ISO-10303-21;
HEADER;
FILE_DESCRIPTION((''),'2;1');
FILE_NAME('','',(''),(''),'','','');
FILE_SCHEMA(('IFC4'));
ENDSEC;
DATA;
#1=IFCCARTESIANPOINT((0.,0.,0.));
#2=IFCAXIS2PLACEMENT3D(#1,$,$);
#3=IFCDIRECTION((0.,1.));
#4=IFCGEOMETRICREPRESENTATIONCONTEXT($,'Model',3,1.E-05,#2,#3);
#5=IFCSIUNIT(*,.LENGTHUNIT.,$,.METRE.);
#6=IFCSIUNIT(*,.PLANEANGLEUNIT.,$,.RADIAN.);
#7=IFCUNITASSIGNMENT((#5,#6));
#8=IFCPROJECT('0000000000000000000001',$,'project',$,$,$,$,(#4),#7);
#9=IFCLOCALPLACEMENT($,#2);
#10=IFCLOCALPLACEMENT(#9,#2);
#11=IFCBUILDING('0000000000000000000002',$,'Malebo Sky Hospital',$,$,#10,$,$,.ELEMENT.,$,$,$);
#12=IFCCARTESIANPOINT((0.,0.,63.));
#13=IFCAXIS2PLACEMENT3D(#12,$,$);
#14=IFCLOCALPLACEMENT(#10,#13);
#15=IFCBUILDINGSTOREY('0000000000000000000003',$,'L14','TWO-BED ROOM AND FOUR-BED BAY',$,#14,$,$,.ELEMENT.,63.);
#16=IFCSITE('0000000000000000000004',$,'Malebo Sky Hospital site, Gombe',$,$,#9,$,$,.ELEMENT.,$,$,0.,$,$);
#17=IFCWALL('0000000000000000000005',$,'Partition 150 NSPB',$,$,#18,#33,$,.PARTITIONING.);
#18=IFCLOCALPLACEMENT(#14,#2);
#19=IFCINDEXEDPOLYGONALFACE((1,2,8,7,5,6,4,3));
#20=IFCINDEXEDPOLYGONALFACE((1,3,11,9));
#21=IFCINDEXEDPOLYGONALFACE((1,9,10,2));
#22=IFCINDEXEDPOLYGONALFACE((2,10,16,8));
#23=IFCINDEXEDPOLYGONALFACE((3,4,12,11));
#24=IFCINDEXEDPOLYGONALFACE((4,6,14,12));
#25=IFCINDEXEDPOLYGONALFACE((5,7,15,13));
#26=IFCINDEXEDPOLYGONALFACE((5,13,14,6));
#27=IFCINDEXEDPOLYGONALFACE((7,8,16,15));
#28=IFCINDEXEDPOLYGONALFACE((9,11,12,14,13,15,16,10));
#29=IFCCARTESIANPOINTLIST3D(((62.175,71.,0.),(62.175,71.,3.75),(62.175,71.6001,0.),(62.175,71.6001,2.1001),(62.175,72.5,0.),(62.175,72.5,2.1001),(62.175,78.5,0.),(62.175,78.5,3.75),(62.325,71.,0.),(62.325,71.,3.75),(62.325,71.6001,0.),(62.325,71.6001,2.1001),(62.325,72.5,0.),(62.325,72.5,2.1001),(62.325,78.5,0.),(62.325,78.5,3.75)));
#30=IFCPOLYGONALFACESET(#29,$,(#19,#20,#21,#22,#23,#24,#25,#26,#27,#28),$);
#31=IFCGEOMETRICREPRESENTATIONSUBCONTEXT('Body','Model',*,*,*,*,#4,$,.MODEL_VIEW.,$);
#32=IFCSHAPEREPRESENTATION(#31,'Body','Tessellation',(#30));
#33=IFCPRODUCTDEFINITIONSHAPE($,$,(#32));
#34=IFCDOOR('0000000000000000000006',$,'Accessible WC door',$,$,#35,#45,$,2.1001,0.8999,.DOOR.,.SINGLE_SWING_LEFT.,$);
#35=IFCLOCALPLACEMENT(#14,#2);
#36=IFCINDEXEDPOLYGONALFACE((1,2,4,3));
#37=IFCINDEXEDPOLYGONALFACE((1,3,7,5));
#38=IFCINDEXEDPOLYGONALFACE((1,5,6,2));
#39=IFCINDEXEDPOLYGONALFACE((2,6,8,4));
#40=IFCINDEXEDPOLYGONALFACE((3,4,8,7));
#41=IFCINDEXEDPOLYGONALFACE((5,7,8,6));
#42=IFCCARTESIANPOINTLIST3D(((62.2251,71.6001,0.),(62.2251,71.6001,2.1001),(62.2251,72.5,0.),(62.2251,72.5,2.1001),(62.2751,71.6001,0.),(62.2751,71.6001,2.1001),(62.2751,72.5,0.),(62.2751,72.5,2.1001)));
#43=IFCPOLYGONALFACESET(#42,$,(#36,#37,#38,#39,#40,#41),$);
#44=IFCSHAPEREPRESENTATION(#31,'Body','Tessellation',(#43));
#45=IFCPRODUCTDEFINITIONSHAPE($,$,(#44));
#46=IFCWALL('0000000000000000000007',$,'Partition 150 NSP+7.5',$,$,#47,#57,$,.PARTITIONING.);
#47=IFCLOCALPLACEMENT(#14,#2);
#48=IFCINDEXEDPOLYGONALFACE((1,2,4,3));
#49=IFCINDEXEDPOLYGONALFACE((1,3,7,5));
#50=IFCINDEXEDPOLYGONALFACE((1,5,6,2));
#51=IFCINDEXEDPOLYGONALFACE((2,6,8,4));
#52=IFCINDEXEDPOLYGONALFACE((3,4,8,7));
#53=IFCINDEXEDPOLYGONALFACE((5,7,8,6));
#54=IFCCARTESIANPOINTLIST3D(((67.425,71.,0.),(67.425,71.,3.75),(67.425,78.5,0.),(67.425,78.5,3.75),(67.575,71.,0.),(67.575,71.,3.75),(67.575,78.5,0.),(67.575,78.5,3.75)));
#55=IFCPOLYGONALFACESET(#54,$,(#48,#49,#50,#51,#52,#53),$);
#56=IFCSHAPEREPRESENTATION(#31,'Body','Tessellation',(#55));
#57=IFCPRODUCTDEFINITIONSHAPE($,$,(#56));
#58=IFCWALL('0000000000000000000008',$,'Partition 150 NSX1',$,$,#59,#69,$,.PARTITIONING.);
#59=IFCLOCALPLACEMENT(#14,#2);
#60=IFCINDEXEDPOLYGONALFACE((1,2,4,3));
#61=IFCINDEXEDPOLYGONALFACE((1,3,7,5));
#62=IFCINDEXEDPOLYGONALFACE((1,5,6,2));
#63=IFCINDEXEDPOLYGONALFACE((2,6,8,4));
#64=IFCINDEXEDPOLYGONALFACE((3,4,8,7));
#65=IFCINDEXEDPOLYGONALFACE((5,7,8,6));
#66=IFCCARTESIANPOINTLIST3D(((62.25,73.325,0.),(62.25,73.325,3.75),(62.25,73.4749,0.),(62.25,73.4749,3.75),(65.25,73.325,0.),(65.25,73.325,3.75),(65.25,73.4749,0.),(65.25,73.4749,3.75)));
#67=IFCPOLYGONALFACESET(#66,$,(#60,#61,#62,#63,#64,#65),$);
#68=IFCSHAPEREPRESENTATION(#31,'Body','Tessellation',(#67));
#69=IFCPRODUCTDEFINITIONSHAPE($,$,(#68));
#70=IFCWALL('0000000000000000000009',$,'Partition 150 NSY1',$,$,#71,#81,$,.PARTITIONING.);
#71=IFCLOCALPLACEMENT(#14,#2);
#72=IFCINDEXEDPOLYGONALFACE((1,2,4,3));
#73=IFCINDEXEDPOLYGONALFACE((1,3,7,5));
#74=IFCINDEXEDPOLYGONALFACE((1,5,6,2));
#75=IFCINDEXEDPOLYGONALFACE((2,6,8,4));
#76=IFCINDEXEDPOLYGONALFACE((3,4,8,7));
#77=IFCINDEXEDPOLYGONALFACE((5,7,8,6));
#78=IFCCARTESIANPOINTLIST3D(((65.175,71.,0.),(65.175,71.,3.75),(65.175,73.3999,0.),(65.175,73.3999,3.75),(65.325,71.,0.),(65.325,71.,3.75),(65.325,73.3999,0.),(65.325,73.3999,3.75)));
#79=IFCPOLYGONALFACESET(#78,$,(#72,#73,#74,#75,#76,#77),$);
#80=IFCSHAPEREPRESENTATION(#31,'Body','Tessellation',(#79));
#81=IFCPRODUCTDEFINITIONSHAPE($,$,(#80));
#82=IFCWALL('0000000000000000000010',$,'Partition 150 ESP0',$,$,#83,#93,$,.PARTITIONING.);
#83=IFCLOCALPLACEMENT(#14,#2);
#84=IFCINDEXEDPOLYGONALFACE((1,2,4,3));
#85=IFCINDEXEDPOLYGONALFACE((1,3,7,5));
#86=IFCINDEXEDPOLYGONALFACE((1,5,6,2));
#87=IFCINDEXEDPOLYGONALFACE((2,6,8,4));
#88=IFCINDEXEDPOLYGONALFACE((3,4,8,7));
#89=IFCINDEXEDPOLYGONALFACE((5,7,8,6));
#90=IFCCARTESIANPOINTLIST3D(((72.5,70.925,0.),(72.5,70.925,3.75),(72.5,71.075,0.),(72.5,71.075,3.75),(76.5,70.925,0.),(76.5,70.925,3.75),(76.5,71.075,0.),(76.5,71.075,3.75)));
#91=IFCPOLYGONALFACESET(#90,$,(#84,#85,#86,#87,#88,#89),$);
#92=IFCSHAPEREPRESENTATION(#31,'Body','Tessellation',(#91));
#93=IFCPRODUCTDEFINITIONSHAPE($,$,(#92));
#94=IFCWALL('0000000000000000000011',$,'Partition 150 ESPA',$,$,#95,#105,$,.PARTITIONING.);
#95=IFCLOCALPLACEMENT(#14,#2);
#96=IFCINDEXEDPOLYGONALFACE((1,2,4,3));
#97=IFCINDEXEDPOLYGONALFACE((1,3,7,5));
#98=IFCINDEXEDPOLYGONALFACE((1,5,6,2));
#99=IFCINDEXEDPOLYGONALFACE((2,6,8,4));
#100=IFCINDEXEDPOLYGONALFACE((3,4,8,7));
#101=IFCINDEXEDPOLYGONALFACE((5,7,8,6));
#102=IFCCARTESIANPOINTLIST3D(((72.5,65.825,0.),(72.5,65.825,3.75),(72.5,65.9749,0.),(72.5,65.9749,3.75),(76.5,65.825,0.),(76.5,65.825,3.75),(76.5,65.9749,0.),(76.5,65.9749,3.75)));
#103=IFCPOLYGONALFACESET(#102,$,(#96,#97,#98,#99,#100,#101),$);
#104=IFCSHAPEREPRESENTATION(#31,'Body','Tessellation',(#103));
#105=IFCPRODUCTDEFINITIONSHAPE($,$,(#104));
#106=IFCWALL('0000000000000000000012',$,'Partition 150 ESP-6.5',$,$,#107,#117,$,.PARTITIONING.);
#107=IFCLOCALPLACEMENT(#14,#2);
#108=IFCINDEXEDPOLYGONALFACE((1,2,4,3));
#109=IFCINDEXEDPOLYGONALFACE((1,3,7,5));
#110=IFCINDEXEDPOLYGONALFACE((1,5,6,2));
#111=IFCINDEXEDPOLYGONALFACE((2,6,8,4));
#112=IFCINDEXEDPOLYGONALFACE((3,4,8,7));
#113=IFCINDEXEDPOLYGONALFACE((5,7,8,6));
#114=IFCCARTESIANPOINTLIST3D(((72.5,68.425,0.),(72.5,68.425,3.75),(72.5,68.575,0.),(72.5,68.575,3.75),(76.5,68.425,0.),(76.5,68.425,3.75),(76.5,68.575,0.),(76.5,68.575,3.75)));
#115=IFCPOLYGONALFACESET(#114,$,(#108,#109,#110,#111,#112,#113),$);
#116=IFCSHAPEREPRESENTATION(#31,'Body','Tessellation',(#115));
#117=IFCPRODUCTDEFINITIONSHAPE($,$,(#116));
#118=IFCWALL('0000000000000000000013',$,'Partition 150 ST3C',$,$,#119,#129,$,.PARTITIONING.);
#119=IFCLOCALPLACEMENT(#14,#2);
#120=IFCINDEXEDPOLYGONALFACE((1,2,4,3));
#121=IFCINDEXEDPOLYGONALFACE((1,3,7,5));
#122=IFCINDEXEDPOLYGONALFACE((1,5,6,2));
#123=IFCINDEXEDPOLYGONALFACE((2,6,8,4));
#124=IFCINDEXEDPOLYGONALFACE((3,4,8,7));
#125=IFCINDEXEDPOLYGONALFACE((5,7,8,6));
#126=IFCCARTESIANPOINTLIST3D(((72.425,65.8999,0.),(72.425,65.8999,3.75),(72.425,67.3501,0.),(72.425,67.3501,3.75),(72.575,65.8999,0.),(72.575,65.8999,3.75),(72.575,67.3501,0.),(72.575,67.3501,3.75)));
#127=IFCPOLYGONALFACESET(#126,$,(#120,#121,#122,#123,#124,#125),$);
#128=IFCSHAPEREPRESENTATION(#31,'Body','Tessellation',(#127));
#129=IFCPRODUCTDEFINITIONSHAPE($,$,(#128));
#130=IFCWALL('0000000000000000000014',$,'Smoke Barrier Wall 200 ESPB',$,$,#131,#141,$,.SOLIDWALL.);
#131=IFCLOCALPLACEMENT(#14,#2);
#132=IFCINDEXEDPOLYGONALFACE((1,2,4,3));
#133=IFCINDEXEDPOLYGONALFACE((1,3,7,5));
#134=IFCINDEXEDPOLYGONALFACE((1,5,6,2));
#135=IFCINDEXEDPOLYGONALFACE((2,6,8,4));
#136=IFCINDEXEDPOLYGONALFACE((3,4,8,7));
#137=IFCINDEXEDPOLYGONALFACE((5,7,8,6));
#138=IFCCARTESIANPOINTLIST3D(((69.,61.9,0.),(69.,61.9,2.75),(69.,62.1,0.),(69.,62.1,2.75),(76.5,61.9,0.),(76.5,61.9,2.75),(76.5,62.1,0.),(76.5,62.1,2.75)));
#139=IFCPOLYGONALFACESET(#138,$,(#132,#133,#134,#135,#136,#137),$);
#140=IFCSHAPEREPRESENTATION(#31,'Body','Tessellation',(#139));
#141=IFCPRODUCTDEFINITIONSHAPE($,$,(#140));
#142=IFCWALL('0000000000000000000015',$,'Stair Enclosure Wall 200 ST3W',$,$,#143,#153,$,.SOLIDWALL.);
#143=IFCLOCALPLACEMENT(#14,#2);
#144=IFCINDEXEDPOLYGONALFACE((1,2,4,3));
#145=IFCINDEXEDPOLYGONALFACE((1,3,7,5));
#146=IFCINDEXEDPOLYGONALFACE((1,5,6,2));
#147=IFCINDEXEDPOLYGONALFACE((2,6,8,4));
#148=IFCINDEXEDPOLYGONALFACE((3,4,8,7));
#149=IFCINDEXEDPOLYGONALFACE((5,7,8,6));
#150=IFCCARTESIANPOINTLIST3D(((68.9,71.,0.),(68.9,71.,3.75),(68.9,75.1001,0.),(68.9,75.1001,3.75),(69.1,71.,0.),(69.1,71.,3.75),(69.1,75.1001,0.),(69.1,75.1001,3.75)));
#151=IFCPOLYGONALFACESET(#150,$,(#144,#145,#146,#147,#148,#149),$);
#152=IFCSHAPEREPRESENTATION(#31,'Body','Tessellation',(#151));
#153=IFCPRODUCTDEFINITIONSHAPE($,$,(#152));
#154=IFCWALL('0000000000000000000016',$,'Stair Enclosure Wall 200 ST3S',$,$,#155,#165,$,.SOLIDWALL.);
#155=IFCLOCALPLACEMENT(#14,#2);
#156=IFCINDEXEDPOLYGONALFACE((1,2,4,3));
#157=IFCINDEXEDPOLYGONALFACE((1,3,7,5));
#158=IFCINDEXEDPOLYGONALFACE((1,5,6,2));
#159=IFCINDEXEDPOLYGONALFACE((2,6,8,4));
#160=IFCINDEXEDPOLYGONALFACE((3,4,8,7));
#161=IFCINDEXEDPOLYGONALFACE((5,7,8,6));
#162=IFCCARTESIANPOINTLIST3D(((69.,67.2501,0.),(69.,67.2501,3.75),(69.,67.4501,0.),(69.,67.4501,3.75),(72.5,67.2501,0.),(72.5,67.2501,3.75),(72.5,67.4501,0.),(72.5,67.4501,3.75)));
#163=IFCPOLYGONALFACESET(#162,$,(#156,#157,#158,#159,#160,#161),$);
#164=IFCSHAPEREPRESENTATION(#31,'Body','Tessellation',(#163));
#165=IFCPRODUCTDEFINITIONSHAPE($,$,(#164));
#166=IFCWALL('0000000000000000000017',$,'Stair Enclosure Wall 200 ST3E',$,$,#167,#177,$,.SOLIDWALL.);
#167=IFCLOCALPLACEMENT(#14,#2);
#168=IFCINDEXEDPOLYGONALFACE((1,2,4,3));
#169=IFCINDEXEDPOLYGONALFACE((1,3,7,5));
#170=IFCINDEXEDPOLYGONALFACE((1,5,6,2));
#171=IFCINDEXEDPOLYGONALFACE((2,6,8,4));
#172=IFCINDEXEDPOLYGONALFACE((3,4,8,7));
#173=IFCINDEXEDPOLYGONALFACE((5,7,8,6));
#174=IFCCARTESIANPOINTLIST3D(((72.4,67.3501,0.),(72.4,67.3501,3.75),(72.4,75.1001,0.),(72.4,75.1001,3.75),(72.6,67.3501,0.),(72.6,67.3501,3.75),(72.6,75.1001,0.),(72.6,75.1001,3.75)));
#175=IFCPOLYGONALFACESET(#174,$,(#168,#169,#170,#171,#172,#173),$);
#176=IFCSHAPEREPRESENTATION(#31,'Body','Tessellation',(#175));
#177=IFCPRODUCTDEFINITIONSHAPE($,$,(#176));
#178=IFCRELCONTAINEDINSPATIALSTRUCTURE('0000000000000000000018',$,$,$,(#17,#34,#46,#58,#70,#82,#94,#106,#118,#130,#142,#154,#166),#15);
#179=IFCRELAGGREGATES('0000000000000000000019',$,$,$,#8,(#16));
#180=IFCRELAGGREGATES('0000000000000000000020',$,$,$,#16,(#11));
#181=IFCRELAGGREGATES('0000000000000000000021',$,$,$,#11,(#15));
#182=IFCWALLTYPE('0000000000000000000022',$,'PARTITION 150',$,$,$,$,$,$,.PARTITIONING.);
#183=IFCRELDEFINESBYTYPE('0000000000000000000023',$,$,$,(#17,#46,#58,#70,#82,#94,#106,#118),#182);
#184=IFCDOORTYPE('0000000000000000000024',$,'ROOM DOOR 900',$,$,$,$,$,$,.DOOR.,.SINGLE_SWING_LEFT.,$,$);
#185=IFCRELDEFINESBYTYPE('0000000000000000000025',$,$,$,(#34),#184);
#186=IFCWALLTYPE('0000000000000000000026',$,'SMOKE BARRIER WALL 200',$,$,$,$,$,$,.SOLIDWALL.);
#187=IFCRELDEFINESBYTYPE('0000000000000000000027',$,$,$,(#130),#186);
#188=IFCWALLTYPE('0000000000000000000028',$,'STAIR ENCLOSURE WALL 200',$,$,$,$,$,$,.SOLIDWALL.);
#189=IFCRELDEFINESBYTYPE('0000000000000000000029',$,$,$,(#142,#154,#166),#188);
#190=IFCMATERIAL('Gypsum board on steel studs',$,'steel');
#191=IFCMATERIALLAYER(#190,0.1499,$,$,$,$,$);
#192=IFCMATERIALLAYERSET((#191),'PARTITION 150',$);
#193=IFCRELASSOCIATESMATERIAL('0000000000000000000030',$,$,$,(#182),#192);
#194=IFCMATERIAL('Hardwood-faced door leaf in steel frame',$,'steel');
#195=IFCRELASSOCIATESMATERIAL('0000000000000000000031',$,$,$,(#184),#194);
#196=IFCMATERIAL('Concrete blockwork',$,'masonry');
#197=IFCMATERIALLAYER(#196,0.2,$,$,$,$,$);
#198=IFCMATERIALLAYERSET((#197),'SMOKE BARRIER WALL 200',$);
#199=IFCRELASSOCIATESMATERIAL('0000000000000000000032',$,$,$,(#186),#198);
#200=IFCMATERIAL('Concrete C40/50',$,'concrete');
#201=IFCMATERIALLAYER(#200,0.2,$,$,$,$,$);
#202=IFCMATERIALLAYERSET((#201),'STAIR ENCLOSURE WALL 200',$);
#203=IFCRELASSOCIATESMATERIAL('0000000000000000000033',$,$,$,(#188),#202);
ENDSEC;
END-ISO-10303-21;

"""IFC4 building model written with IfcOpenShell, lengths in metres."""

from ifc_helpers import new_model, si_unit, direction, frame, frame_2d, origin, place, context, subcontext, project, spatial, rectangle, extrude, material, layer, layer_set, type_object, element, fill, save


model = new_model("IFC4")

# Units and contexts
model_context = context("Model", 3, precision=1e-05, world=origin(), true_north=direction((0.0, 1.0)))
body_context = subcontext(model_context, "Body", "Model", "MODEL_VIEW")
ifc_project = project(units=[si_unit("LENGTHUNIT", "METRE"), si_unit("PLANEANGLEUNIT", "RADIAN")], contexts=[model_context])

# Site, building, storey
site_placement = place(None, origin())
site = spatial("IfcSite", under=ifc_project, at=site_placement, Name="Malebo Sky Hospital site, Gombe", CompositionType="ELEMENT", RefElevation=0.0)
building_placement = place(site_placement, origin())
building = spatial("IfcBuilding", under=site, at=building_placement, Name="Malebo Sky Hospital", CompositionType="ELEMENT")
storey_placement = place(building_placement, frame((0.0, 0.0, 63.0)))
storey = spatial("IfcBuildingStorey", under=building, at=storey_placement, Name="L14", Description="TWO-BED ROOM AND FOUR-BED BAY", CompositionType="ELEMENT", Elevation=63.0)

# Shared definitions
ifc_material_1 = material(Name="Gypsum board on steel studs", Category="steel")

# Wall, opening, door
ifc_layer_1 = layer(ifc_material_1, 0.1499)
ifc_layer_set_1 = layer_set([ifc_layer_1], Name="PARTITION 150")
wall_type_1 = type_object("IfcWallType", Name="PARTITION 150", PredefinedType="PARTITIONING", material=ifc_layer_set_1)
wall_1_placement = place(storey_placement, frame((62.25, 71.0, 0.0), z_axis=(0.0, 0.0, 1.0), x_axis=(0.0, 1.0, 0.0)))
wall_1 = element("IfcWall", 1, at=wall_1_placement, inside=storey, type_object=wall_type_1, Name="Partition 150 NSPB", PredefinedType="PARTITIONING", context=body_context, shape_type="SweptSolid", body=[
    extrude(rectangle(XDim=7.5, YDim=0.1499, at=frame_2d((3.75, 0.0))), origin(), (0.0, 0.0, 1.0), 3.75),
])
opening_1_placement = place(wall_1_placement, frame((0.6001, 0.0, 0.0)))
opening_1 = element("IfcOpeningElement", 2, at=opening_1_placement, cuts=wall_1, PredefinedType="OPENING", context=body_context, shape_type="SweptSolid", body=[
    extrude(rectangle(XDim=0.8999, YDim=2.1001, at=frame_2d((0.45, 1.05))), frame((0.0, 0.085, 0.0), z_axis=(0.0, -1.0, 0.0), x_axis=(1.0, 0.0, 0.0)), (0.0, 0.0, 1.0), 0.1699),
])
ifc_material_2 = material(Name="Hardwood-faced door leaf in steel frame", Category="steel")
door_type_1 = type_object("IfcDoorType", Name="ROOM DOOR 900", OperationType="SINGLE_SWING_LEFT", PredefinedType="DOOR", material=ifc_material_2)
door_1_placement = place(opening_1_placement, origin())
door_1 = element("IfcDoor", 3, at=door_1_placement, inside=storey, type_object=door_type_1, Name="Accessible WC door", OperationType="SINGLE_SWING_LEFT", OverallHeight=2.1001, OverallWidth=0.8999, PredefinedType="DOOR", context=body_context, shape_type="SweptSolid", body=[
    extrude(rectangle(XDim=0.8999, YDim=2.1001, at=frame_2d((0.45, 1.05))), frame((0.0, 0.0249, 0.0), z_axis=(0.0, -1.0, 0.0), x_axis=(1.0, 0.0, 0.0)), (0.0, 0.0, 1.0), 0.05),
])
fill(opening_1, door_1)

# Walls
wall_2_placement = place(storey_placement, frame((67.5, 71.0, 0.0), z_axis=(0.0, 0.0, 1.0), x_axis=(0.0, 1.0, 0.0)))
element("IfcWall", 4, at=wall_2_placement, inside=storey, type_object=wall_type_1, Name="Partition 150 NSP+7.5", PredefinedType="PARTITIONING", context=body_context, shape_type="SweptSolid", body=[
    extrude(rectangle(XDim=7.5, YDim=0.1499, at=frame_2d((3.75, 0.0))), origin(), (0.0, 0.0, 1.0), 3.75),
])
wall_3_placement = place(storey_placement, frame((62.25, 73.3999, 0.0), z_axis=(0.0, 0.0, 1.0), x_axis=(1.0, 0.0, 0.0)))
element("IfcWall", 5, at=wall_3_placement, inside=storey, type_object=wall_type_1, Name="Partition 150 NSX1", PredefinedType="PARTITIONING", context=body_context, shape_type="SweptSolid", body=[
    extrude(rectangle(XDim=3.0, YDim=0.1499, at=frame_2d((1.5, 0.0))), origin(), (0.0, 0.0, 1.0), 3.75),
])
wall_4_placement = place(storey_placement, frame((65.25, 71.0, 0.0), z_axis=(0.0, 0.0, 1.0), x_axis=(0.0, 1.0, 0.0)))
element("IfcWall", 6, at=wall_4_placement, inside=storey, type_object=wall_type_1, Name="Partition 150 NSY1", PredefinedType="PARTITIONING", context=body_context, shape_type="SweptSolid", body=[
    extrude(rectangle(XDim=2.3999, YDim=0.1499, at=frame_2d((1.2, 0.0))), origin(), (0.0, 0.0, 1.0), 3.75),
])
for number, where, z_axis, x_axis, name in (
    (7, (72.5, 71.0, 0.0), (0.0, 0.0, 1.0), (1.0, 0.0, 0.0), "Partition 150 ESP0"),
    (8, (72.5, 65.8999, 0.0), (0.0, 0.0, 1.0), (1.0, 0.0, 0.0), "Partition 150 ESPA"),
    (9, (72.5, 68.5, 0.0), (0.0, 0.0, 1.0), (1.0, 0.0, 0.0), "Partition 150 ESP-6.5"),
):
    element("IfcWall", number, at=place(storey_placement, frame(where, z_axis=z_axis, x_axis=x_axis)), inside=storey, type_object=wall_type_1, Name=name, PredefinedType="PARTITIONING", context=body_context, shape_type="SweptSolid", body=[
        extrude(rectangle(XDim=4.0, YDim=0.1499, at=frame_2d((2.0, 0.0))), origin(), (0.0, 0.0, 1.0), 3.75),
    ])
wall_5_placement = place(storey_placement, frame((72.5, 65.8999, 0.0), z_axis=(0.0, 0.0, 1.0), x_axis=(0.0, 1.0, 0.0)))
element("IfcWall", 10, at=wall_5_placement, inside=storey, type_object=wall_type_1, Name="Partition 150 ST3C", PredefinedType="PARTITIONING", context=body_context, shape_type="SweptSolid", body=[
    extrude(rectangle(XDim=1.4502, YDim=0.1499, at=frame_2d((0.7251, 0.0))), origin(), (0.0, 0.0, 1.0), 3.75),
])
ifc_material_3 = material(Name="Concrete blockwork", Category="masonry")
ifc_layer_2 = layer(ifc_material_3, 0.2)
ifc_layer_set_2 = layer_set([ifc_layer_2], Name="SMOKE BARRIER WALL 200")
wall_type_2 = type_object("IfcWallType", Name="SMOKE BARRIER WALL 200", PredefinedType="SOLIDWALL", material=ifc_layer_set_2)
wall_6_placement = place(storey_placement, frame((69.0, 62.0, 0.0), z_axis=(0.0, 0.0, 1.0), x_axis=(1.0, 0.0, 0.0)))
element("IfcWall", 11, at=wall_6_placement, inside=storey, type_object=wall_type_2, Name="Smoke Barrier Wall 200 ESPB", PredefinedType="SOLIDWALL", context=body_context, shape_type="SweptSolid", body=[
    extrude(rectangle(XDim=7.5, YDim=0.2, at=frame_2d((3.75, 0.0))), origin(), (0.0, 0.0, 1.0), 2.75),
])
ifc_material_4 = material(Name="Concrete C40/50", Category="concrete")
ifc_layer_3 = layer(ifc_material_4, 0.2)
ifc_layer_set_3 = layer_set([ifc_layer_3], Name="STAIR ENCLOSURE WALL 200")
wall_type_3 = type_object("IfcWallType", Name="STAIR ENCLOSURE WALL 200", PredefinedType="SOLIDWALL", material=ifc_layer_set_3)
wall_7_placement = place(storey_placement, frame((69.0, 71.0, 0.0), z_axis=(0.0, 0.0, 1.0), x_axis=(0.0, 1.0, 0.0)))
element("IfcWall", 12, at=wall_7_placement, inside=storey, type_object=wall_type_3, Name="Stair Enclosure Wall 200 ST3W", PredefinedType="SOLIDWALL", context=body_context, shape_type="SweptSolid", body=[
    extrude(rectangle(XDim=4.1001, YDim=0.2, at=frame_2d((2.05, 0.0))), origin(), (0.0, 0.0, 1.0), 3.75),
])
wall_8_placement = place(storey_placement, frame((69.0, 67.3501, 0.0), z_axis=(0.0, 0.0, 1.0), x_axis=(1.0, 0.0, 0.0)))
element("IfcWall", 13, at=wall_8_placement, inside=storey, type_object=wall_type_3, Name="Stair Enclosure Wall 200 ST3S", PredefinedType="SOLIDWALL", context=body_context, shape_type="SweptSolid", body=[
    extrude(rectangle(XDim=3.5, YDim=0.2, at=frame_2d((1.75, 0.0))), origin(), (0.0, 0.0, 1.0), 3.75),
])
wall_9_placement = place(storey_placement, frame((72.5, 67.3501, 0.0), z_axis=(0.0, 0.0, 1.0), x_axis=(0.0, 1.0, 0.0)))
element("IfcWall", 14, at=wall_9_placement, inside=storey, type_object=wall_type_3, Name="Stair Enclosure Wall 200 ST3E", PredefinedType="SOLIDWALL", context=body_context, shape_type="SweptSolid", body=[
    extrude(rectangle(XDim=7.75, YDim=0.2, at=frame_2d((3.875, 0.0))), origin(), (0.0, 0.0, 1.0), 3.75),
])

save(model, "model.ifc")
